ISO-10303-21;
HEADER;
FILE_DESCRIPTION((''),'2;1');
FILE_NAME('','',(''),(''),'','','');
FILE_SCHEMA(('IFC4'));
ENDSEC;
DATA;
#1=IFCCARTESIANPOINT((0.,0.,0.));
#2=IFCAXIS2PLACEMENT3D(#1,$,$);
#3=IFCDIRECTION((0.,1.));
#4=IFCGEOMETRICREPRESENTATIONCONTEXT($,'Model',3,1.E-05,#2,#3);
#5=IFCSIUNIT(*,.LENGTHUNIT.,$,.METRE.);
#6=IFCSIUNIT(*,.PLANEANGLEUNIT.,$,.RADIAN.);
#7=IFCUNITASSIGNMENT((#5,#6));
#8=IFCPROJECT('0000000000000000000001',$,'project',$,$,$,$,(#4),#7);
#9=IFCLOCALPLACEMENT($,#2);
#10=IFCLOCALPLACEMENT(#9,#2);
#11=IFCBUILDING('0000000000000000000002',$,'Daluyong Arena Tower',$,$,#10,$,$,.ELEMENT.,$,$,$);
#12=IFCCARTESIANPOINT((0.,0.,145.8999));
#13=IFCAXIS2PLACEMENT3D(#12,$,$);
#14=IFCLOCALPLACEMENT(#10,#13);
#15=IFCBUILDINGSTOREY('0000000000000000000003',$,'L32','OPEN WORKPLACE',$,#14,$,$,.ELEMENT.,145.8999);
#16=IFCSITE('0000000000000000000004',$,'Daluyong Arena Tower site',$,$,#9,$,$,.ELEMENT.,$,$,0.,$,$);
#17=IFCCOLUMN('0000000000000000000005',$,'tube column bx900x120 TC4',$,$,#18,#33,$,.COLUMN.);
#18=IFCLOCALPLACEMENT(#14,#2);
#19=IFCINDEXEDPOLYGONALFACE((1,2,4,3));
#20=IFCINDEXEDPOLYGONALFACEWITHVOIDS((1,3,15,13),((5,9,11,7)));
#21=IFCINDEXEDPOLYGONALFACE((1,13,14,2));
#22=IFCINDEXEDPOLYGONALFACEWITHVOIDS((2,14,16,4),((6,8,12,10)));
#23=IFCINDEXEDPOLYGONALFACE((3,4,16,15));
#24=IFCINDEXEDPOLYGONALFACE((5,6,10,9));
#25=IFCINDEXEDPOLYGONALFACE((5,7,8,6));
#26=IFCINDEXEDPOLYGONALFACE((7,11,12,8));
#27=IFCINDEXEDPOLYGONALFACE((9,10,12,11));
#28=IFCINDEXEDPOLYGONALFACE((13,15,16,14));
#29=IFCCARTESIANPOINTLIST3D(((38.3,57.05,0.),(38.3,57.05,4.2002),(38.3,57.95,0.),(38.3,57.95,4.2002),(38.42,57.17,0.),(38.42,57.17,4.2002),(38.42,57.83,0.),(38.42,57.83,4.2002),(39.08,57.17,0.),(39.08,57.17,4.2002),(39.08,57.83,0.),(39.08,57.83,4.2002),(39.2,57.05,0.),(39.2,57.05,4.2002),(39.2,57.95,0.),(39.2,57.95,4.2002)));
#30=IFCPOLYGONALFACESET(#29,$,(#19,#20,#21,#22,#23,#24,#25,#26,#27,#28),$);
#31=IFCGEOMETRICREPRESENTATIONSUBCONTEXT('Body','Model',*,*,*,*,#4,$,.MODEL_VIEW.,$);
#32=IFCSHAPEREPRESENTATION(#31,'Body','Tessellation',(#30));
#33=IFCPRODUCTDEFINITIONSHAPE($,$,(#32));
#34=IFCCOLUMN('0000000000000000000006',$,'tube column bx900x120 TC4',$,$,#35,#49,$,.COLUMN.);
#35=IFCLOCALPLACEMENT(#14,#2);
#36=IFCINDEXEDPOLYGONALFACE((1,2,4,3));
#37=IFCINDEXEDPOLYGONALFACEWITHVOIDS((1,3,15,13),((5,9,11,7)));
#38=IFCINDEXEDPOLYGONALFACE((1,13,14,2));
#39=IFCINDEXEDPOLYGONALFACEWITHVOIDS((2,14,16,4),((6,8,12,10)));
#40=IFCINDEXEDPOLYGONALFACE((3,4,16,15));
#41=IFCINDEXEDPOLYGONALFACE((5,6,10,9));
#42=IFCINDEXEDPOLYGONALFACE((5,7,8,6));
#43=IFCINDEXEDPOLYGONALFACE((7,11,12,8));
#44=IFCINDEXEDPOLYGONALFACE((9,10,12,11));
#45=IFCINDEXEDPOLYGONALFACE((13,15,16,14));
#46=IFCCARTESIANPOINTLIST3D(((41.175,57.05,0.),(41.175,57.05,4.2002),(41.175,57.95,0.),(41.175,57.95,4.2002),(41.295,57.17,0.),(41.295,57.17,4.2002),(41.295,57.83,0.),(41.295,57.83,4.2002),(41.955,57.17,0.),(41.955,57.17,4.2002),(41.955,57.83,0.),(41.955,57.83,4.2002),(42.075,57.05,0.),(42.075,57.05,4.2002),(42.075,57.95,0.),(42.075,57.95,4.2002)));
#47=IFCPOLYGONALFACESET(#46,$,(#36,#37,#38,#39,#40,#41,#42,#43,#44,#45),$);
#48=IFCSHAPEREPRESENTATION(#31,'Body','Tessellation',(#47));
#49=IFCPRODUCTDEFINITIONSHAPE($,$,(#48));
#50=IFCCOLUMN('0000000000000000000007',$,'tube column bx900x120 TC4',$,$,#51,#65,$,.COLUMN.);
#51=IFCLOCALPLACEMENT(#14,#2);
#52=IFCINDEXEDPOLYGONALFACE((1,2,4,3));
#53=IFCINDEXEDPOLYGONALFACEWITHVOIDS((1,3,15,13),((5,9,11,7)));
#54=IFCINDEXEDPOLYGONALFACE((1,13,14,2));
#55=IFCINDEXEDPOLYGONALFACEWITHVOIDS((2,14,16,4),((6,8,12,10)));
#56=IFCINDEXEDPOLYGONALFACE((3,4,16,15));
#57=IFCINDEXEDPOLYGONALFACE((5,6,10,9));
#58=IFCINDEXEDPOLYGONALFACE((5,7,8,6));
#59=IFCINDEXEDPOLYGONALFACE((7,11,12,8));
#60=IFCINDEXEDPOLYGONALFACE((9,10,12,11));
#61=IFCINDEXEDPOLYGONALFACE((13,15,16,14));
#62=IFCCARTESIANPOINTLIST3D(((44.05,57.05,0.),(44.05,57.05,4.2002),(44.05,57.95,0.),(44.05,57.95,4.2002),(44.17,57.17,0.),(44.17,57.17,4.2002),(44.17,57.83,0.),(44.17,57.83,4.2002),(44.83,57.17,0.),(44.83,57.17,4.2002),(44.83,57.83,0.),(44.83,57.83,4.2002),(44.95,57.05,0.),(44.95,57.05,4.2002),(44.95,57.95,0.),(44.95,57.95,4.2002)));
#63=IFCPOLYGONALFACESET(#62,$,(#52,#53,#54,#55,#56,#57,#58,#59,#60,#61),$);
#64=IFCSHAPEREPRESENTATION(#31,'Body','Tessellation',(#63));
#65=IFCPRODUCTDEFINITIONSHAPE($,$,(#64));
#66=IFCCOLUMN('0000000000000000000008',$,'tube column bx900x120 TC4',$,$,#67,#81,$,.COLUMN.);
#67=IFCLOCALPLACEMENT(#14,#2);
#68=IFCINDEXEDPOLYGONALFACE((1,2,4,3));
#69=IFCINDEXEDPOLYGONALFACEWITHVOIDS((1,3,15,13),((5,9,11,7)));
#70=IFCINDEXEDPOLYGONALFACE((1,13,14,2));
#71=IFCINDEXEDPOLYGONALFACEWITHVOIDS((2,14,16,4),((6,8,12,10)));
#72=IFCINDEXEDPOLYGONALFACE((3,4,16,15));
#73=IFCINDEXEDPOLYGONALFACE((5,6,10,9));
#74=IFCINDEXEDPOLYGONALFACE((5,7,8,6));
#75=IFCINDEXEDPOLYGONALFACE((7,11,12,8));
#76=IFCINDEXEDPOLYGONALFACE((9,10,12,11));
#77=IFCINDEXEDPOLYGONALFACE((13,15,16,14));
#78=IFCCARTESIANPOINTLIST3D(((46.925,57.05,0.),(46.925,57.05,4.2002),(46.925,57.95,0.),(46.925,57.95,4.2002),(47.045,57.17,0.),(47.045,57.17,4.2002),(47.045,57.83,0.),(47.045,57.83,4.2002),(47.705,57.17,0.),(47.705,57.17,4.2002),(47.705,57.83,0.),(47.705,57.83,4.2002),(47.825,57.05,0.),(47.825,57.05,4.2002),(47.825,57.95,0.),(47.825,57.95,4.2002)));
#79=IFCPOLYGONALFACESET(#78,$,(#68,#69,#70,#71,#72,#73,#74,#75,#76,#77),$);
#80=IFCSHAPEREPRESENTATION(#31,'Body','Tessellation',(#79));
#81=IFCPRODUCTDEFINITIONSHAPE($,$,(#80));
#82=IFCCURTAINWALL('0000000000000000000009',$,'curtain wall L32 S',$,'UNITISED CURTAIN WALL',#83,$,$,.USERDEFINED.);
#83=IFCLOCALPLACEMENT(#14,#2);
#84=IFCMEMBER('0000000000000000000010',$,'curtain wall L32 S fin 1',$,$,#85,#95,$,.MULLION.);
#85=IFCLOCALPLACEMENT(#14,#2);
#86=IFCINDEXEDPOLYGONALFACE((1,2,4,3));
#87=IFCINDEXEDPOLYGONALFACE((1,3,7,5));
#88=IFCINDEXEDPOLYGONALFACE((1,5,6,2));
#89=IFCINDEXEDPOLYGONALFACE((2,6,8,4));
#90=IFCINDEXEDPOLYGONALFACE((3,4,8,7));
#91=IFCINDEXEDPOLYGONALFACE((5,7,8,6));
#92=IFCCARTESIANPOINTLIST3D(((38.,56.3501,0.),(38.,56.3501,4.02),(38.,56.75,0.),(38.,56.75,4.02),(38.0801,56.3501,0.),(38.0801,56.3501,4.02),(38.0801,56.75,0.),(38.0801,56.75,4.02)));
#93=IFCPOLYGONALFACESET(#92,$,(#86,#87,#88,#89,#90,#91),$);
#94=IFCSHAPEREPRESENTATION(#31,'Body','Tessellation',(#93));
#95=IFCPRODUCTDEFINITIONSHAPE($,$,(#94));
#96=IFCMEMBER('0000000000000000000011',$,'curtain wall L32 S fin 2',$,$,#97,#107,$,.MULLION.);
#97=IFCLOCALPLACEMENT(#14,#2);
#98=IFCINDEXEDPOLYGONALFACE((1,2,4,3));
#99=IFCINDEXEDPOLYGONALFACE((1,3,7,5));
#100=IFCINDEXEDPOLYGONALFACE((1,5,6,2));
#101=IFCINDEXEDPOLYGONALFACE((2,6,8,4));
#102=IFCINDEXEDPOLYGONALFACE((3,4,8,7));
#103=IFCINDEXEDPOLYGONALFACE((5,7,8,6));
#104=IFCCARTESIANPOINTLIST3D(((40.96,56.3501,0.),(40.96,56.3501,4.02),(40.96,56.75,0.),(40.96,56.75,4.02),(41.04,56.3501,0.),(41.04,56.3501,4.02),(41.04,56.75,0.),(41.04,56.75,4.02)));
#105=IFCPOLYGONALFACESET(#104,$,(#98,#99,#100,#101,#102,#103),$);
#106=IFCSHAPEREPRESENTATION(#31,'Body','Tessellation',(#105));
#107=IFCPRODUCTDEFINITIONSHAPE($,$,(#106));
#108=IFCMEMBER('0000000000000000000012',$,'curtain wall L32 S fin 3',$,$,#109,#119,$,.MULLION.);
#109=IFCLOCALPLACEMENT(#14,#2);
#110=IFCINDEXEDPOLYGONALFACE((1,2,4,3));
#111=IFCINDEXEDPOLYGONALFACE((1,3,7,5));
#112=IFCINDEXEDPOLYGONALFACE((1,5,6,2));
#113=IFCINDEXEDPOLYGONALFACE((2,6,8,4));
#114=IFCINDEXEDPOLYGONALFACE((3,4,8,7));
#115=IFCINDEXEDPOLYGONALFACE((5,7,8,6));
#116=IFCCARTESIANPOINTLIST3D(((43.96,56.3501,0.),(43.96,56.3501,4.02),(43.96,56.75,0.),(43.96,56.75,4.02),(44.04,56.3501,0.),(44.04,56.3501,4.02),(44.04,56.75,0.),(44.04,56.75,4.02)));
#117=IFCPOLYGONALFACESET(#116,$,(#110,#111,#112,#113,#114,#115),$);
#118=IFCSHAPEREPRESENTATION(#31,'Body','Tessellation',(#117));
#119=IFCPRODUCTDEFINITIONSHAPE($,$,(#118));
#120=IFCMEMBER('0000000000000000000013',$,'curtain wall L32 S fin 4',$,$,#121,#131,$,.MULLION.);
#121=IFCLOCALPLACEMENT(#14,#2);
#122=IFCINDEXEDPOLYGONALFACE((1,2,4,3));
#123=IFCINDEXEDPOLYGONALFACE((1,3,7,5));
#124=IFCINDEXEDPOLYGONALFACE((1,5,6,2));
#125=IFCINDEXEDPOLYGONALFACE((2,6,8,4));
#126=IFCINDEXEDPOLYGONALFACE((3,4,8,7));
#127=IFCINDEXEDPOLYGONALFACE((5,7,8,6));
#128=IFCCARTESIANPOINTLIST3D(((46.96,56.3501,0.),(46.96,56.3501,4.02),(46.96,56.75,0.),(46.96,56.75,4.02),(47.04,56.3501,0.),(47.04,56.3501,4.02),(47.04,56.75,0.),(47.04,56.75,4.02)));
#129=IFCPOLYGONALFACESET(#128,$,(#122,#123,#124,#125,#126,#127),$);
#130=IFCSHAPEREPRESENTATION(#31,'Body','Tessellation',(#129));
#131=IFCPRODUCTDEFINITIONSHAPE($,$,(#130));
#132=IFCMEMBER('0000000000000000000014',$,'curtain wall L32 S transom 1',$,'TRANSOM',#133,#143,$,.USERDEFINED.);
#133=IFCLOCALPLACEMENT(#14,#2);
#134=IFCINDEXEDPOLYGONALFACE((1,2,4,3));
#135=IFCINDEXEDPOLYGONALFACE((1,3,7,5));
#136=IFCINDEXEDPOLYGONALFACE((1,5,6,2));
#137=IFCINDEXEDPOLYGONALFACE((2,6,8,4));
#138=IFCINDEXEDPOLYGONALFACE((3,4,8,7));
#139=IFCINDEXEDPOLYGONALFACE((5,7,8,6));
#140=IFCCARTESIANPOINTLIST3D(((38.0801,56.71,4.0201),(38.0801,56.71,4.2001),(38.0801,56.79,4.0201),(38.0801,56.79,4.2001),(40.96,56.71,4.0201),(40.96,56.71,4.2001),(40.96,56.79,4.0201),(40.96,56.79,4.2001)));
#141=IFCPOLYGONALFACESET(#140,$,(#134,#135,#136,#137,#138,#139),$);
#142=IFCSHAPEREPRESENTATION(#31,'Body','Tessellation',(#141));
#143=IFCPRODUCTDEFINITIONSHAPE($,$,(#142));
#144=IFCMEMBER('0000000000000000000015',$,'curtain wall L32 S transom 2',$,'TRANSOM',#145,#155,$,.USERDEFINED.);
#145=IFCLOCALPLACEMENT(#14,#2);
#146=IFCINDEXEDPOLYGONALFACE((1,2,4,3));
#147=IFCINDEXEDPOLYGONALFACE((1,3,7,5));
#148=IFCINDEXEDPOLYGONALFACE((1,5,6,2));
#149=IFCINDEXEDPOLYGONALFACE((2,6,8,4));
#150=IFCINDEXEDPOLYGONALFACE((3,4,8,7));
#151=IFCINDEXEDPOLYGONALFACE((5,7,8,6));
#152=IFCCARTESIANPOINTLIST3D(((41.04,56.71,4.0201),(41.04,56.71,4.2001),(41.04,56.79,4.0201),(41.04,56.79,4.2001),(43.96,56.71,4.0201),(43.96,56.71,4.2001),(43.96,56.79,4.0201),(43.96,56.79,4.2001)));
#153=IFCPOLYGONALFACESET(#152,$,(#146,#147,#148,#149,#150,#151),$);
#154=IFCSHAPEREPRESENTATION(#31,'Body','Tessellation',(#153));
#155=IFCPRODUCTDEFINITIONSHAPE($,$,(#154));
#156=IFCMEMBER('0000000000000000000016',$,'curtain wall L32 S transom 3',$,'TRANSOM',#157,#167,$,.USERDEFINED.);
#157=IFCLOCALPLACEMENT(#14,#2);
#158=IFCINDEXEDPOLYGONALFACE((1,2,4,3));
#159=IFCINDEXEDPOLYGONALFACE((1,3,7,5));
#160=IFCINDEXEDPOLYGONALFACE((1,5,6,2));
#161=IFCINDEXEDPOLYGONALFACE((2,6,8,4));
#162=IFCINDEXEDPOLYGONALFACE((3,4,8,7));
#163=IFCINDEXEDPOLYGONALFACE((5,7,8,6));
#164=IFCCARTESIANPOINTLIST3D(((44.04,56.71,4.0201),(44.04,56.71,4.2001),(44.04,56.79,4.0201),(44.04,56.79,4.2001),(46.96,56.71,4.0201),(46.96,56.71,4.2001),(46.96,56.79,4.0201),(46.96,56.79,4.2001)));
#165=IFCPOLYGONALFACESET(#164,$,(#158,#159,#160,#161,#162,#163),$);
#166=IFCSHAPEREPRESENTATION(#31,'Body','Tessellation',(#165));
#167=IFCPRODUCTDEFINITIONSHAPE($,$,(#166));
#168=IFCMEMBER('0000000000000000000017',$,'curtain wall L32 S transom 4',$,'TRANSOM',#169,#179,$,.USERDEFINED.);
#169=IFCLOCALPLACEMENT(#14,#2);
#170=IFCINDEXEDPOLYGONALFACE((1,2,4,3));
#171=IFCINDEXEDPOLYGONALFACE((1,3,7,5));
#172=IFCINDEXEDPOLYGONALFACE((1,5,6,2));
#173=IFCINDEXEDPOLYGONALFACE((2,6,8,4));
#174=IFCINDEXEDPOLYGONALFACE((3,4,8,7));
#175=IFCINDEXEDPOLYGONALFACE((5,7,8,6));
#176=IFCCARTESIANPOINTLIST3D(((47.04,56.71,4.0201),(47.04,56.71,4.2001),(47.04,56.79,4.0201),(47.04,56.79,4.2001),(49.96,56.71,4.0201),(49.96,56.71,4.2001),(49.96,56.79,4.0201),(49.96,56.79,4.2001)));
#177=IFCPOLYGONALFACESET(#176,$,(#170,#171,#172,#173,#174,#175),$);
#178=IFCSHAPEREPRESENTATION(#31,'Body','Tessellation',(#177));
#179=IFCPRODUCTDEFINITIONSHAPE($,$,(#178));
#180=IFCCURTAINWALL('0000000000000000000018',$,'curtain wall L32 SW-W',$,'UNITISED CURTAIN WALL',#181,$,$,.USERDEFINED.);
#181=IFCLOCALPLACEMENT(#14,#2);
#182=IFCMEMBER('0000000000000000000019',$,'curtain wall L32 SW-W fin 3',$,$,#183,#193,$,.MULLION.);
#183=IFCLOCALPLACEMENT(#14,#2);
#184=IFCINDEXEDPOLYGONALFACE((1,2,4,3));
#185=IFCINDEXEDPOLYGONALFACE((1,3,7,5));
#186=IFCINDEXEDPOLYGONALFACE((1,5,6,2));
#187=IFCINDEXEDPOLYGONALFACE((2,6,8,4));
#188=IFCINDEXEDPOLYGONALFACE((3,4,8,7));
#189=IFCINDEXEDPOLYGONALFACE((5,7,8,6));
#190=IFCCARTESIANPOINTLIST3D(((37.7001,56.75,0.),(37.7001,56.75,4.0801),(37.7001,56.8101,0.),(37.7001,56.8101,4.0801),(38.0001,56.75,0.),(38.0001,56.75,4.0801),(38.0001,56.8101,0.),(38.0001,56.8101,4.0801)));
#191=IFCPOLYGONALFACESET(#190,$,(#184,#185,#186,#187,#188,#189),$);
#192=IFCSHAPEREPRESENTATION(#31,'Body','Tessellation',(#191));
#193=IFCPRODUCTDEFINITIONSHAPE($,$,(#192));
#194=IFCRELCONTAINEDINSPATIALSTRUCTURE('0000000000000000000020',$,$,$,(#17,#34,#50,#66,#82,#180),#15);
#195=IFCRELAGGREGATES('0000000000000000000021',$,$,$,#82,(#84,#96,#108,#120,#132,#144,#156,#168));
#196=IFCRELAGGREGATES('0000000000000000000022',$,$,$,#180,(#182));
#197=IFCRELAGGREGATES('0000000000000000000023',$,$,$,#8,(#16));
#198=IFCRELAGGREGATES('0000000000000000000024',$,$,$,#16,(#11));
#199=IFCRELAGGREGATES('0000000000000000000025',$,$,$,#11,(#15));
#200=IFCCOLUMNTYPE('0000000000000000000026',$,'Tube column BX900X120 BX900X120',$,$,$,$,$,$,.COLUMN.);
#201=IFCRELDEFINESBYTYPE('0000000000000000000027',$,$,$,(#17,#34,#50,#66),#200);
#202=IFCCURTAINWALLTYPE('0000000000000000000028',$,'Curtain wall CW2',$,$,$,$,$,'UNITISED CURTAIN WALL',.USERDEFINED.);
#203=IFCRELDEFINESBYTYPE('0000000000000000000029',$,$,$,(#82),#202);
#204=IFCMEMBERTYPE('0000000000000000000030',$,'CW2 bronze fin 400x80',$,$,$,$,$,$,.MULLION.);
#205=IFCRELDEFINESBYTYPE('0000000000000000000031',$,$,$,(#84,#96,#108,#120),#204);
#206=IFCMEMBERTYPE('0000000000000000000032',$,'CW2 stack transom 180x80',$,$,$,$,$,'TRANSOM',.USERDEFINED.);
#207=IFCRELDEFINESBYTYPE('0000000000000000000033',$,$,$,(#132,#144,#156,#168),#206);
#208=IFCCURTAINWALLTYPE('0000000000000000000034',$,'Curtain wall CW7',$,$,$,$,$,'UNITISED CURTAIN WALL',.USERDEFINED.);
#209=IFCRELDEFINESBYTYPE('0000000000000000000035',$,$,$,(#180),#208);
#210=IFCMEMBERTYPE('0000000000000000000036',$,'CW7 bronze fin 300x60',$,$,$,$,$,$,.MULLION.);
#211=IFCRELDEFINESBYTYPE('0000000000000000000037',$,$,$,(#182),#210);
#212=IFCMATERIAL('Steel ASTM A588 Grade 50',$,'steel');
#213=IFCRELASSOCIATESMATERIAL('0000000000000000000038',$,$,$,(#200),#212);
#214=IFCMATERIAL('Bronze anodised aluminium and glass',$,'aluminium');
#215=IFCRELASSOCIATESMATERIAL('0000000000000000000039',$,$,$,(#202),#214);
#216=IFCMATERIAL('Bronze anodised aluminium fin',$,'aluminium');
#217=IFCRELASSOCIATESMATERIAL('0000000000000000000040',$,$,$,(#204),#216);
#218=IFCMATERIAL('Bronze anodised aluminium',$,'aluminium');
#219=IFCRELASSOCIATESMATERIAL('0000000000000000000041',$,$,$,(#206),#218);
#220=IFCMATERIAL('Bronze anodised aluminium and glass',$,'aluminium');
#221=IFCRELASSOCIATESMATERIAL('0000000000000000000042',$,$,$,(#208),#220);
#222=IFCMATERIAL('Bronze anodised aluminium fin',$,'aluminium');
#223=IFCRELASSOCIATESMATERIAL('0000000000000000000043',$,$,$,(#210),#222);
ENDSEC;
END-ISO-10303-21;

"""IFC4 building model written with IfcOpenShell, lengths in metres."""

from ifc_helpers import new_model, si_unit, direction, frame, origin, origin_2d, place, context, subcontext, project, spatial, rectangle, hollow_rectangle, extrude, material, material_profile, profile_set, type_object, element, aggregate, save


model = new_model("IFC4")

# Units and contexts
model_context = context("Model", 3, precision=1e-05, world=origin(), true_north=direction((0.0, 1.0)))
body_context = subcontext(model_context, "Body", "Model", "MODEL_VIEW")
ifc_project = project(units=[si_unit("LENGTHUNIT", "METRE"), si_unit("PLANEANGLEUNIT", "RADIAN")], contexts=[model_context])

# Site, building, storey
site_placement = place(None, origin())
site = spatial("IfcSite", under=ifc_project, at=site_placement, Name="Daluyong Arena Tower site", CompositionType="ELEMENT", RefElevation=0.0)
building_placement = place(site_placement, origin())
building = spatial("IfcBuilding", under=site, at=building_placement, Name="Daluyong Arena Tower", CompositionType="ELEMENT")
storey_placement = place(building_placement, frame((0.0, 0.0, 145.8999)))
storey = spatial("IfcBuildingStorey", under=building, at=storey_placement, Name="L32", Description="OPEN WORKPLACE", CompositionType="ELEMENT", Elevation=145.8999)

# Columns
ifc_material_1 = material(Name="Steel ASTM A588 Grade 50", Category="steel")
ifc_material_profile_1 = material_profile(ifc_material_1, hollow_rectangle(XDim=0.8999, YDim=0.8999, WallThickness=0.12, at=origin_2d()))
ifc_profile_set_1 = profile_set([ifc_material_profile_1], Name="Steel ASTM A588 Grade 50")
column_type = type_object("IfcColumnType", Name="Tube column BX900X120 BX900X120", PredefinedType="COLUMN", material=ifc_profile_set_1)
for number, where, z_axis, x_axis, name in (
    (1, (38.75, 57.5, 0.0), (0.0, 0.0, 1.0), (1.0, 0.0, 0.0), "tube column bx900x120 TC4"),
    (2, (41.625, 57.5, 0.0), (0.0, 0.0, 1.0), (1.0, 0.0, 0.0), "tube column bx900x120 TC4"),
    (3, (44.5, 57.5, 0.0), (0.0, 0.0, 1.0), (1.0, 0.0, 0.0), "tube column bx900x120 TC4"),
    (4, (47.375, 57.5, 0.0), (0.0, 0.0, 1.0), (1.0, 0.0, 0.0), "tube column bx900x120 TC4"),
):
    element("IfcColumn", number, at=place(storey_placement, frame(where, z_axis=z_axis, x_axis=x_axis)), inside=storey, type_object=column_type, Name=name, PredefinedType="COLUMN", context=body_context, shape_type="SweptSolid", body=[
        extrude(hollow_rectangle(XDim=0.8999, YDim=0.8999, WallThickness=0.12, at=origin_2d()), origin(), (0.0, 0.0, 1.0), 4.2002),
    ])

# Curtain walls, members
ifc_material_2 = material(Name="Bronze anodised aluminium and glass", Category="aluminium")
curtain_wall_type_1 = type_object("IfcCurtainWallType", Name="Curtain wall CW2", ElementType="UNITISED CURTAIN WALL", PredefinedType="USERDEFINED", material=ifc_material_2)
curtain_wall_1_placement = place(storey_placement, origin())
curtain_wall_1 = element("IfcCurtainWall", 5, at=curtain_wall_1_placement, inside=storey, type_object=curtain_wall_type_1, Name="curtain wall L32 S", ObjectType="UNITISED CURTAIN WALL", PredefinedType="USERDEFINED")
ifc_material_3 = material(Name="Bronze anodised aluminium fin", Category="aluminium")
ifc_material_profile_2 = material_profile(ifc_material_3, rectangle(XDim=0.3999, YDim=0.0801, at=origin_2d()))
ifc_profile_set_2 = profile_set([ifc_material_profile_2], Name="Bronze anodised aluminium fin")
member_type_1 = type_object("IfcMemberType", Name="CW2 bronze fin 400x80", PredefinedType="MULLION", material=ifc_profile_set_2)
member_1_placement = place(storey_placement, frame((38.04, 56.55, 0.0), z_axis=(0.0, 0.0, 1.0), x_axis=(0.0, 1.0, 0.0)))
member_1 = element("IfcMember", 6, at=member_1_placement, type_object=member_type_1, Name="curtain wall L32 S fin 1", PredefinedType="MULLION", context=body_context, shape_type="SweptSolid", body=[
    extrude(rectangle(XDim=0.3999, YDim=0.0801, at=origin_2d()), origin(), (0.0, 0.0, 1.0), 4.02),
])
member_2_placement = place(storey_placement, frame((41.0, 56.55, 0.0), z_axis=(0.0, 0.0, 1.0), x_axis=(0.0, 1.0, 0.0)))
member_2 = element("IfcMember", 7, at=member_2_placement, type_object=member_type_1, Name="curtain wall L32 S fin 2", PredefinedType="MULLION", context=body_context, shape_type="SweptSolid", body=[
    extrude(rectangle(XDim=0.3999, YDim=0.0801, at=origin_2d()), origin(), (0.0, 0.0, 1.0), 4.02),
])
member_3_placement = place(storey_placement, frame((44.0, 56.55, 0.0), z_axis=(0.0, 0.0, 1.0), x_axis=(0.0, 1.0, 0.0)))
member_3 = element("IfcMember", 8, at=member_3_placement, type_object=member_type_1, Name="curtain wall L32 S fin 3", PredefinedType="MULLION", context=body_context, shape_type="SweptSolid", body=[
    extrude(rectangle(XDim=0.3999, YDim=0.0801, at=origin_2d()), origin(), (0.0, 0.0, 1.0), 4.02),
])
member_4_placement = place(storey_placement, frame((47.0, 56.55, 0.0), z_axis=(0.0, 0.0, 1.0), x_axis=(0.0, 1.0, 0.0)))
member_4 = element("IfcMember", 9, at=member_4_placement, type_object=member_type_1, Name="curtain wall L32 S fin 4", PredefinedType="MULLION", context=body_context, shape_type="SweptSolid", body=[
    extrude(rectangle(XDim=0.3999, YDim=0.0801, at=origin_2d()), origin(), (0.0, 0.0, 1.0), 4.02),
])
ifc_material_4 = material(Name="Bronze anodised aluminium", Category="aluminium")
ifc_material_profile_3 = material_profile(ifc_material_4, rectangle(XDim=0.0801, YDim=0.1799, at=origin_2d()))
ifc_profile_set_3 = profile_set([ifc_material_profile_3], Name="Bronze anodised aluminium")
member_type_2 = type_object("IfcMemberType", Name="CW2 stack transom 180x80", ElementType="TRANSOM", PredefinedType="USERDEFINED", material=ifc_profile_set_3)
member_5_placement = place(storey_placement, frame((38.0801, 56.75, 4.1101), z_axis=(1.0, 0.0, 0.0), x_axis=(0.0, 1.0, 0.0)))
member_5 = element("IfcMember", 10, at=member_5_placement, type_object=member_type_2, Name="curtain wall L32 S transom 1", ObjectType="TRANSOM", PredefinedType="USERDEFINED", context=body_context, shape_type="SweptSolid", body=[
    extrude(rectangle(XDim=0.0801, YDim=0.1799, at=origin_2d()), origin(), (0.0, 0.0, 1.0), 2.8799),
])
member_6_placement = place(storey_placement, frame((41.04, 56.75, 4.1101), z_axis=(1.0, 0.0, 0.0), x_axis=(0.0, 1.0, 0.0)))
member_6 = element("IfcMember", 11, at=member_6_placement, type_object=member_type_2, Name="curtain wall L32 S transom 2", ObjectType="TRANSOM", PredefinedType="USERDEFINED", context=body_context, shape_type="SweptSolid", body=[
    extrude(rectangle(XDim=0.0801, YDim=0.1799, at=origin_2d()), origin(), (0.0, 0.0, 1.0), 2.9199),
])
member_7_placement = place(storey_placement, frame((44.04, 56.75, 4.1101), z_axis=(1.0, 0.0, 0.0), x_axis=(0.0, 1.0, 0.0)))
member_7 = element("IfcMember", 12, at=member_7_placement, type_object=member_type_2, Name="curtain wall L32 S transom 3", ObjectType="TRANSOM", PredefinedType="USERDEFINED", context=body_context, shape_type="SweptSolid", body=[
    extrude(rectangle(XDim=0.0801, YDim=0.1799, at=origin_2d()), origin(), (0.0, 0.0, 1.0), 2.9199),
])
member_8_placement = place(storey_placement, frame((47.04, 56.75, 4.1101), z_axis=(1.0, 0.0, 0.0), x_axis=(0.0, 1.0, 0.0)))
member_8 = element("IfcMember", 13, at=member_8_placement, type_object=member_type_2, Name="curtain wall L32 S transom 4", ObjectType="TRANSOM", PredefinedType="USERDEFINED", context=body_context, shape_type="SweptSolid", body=[
    extrude(rectangle(XDim=0.0801, YDim=0.1799, at=origin_2d()), origin(), (0.0, 0.0, 1.0), 2.9199),
])
ifc_material_5 = material(Name="Bronze anodised aluminium and glass", Category="aluminium")
curtain_wall_type_2 = type_object("IfcCurtainWallType", Name="Curtain wall CW7", ElementType="UNITISED CURTAIN WALL", PredefinedType="USERDEFINED", material=ifc_material_5)
curtain_wall_2_placement = place(storey_placement, origin())
curtain_wall_2 = element("IfcCurtainWall", 14, at=curtain_wall_2_placement, inside=storey, type_object=curtain_wall_type_2, Name="curtain wall L32 SW-W", ObjectType="UNITISED CURTAIN WALL", PredefinedType="USERDEFINED")
ifc_material_6 = material(Name="Bronze anodised aluminium fin", Category="aluminium")
ifc_material_profile_4 = material_profile(ifc_material_6, rectangle(XDim=0.3, YDim=0.0601, at=origin_2d()))
ifc_profile_set_4 = profile_set([ifc_material_profile_4], Name="Bronze anodised aluminium fin")
member_type_3 = type_object("IfcMemberType", Name="CW7 bronze fin 300x60", PredefinedType="MULLION", material=ifc_profile_set_4)
member_9_placement = place(storey_placement, frame((37.8501, 56.78, 0.0), z_axis=(0.0, 0.0, 1.0), x_axis=(1.0, 0.0, 0.0)))
member_9 = element("IfcMember", 15, at=member_9_placement, type_object=member_type_3, Name="curtain wall L32 SW-W fin 3", PredefinedType="MULLION", context=body_context, shape_type="SweptSolid", body=[
    extrude(rectangle(XDim=0.3, YDim=0.0601, at=origin_2d()), origin(), (0.0, 0.0, 1.0), 4.0801),
])

aggregate(curtain_wall_1, [member_1, member_2, member_3, member_4, member_5, member_6, member_7, member_8])
aggregate(curtain_wall_2, [member_9])

save(model, "model.ifc")
